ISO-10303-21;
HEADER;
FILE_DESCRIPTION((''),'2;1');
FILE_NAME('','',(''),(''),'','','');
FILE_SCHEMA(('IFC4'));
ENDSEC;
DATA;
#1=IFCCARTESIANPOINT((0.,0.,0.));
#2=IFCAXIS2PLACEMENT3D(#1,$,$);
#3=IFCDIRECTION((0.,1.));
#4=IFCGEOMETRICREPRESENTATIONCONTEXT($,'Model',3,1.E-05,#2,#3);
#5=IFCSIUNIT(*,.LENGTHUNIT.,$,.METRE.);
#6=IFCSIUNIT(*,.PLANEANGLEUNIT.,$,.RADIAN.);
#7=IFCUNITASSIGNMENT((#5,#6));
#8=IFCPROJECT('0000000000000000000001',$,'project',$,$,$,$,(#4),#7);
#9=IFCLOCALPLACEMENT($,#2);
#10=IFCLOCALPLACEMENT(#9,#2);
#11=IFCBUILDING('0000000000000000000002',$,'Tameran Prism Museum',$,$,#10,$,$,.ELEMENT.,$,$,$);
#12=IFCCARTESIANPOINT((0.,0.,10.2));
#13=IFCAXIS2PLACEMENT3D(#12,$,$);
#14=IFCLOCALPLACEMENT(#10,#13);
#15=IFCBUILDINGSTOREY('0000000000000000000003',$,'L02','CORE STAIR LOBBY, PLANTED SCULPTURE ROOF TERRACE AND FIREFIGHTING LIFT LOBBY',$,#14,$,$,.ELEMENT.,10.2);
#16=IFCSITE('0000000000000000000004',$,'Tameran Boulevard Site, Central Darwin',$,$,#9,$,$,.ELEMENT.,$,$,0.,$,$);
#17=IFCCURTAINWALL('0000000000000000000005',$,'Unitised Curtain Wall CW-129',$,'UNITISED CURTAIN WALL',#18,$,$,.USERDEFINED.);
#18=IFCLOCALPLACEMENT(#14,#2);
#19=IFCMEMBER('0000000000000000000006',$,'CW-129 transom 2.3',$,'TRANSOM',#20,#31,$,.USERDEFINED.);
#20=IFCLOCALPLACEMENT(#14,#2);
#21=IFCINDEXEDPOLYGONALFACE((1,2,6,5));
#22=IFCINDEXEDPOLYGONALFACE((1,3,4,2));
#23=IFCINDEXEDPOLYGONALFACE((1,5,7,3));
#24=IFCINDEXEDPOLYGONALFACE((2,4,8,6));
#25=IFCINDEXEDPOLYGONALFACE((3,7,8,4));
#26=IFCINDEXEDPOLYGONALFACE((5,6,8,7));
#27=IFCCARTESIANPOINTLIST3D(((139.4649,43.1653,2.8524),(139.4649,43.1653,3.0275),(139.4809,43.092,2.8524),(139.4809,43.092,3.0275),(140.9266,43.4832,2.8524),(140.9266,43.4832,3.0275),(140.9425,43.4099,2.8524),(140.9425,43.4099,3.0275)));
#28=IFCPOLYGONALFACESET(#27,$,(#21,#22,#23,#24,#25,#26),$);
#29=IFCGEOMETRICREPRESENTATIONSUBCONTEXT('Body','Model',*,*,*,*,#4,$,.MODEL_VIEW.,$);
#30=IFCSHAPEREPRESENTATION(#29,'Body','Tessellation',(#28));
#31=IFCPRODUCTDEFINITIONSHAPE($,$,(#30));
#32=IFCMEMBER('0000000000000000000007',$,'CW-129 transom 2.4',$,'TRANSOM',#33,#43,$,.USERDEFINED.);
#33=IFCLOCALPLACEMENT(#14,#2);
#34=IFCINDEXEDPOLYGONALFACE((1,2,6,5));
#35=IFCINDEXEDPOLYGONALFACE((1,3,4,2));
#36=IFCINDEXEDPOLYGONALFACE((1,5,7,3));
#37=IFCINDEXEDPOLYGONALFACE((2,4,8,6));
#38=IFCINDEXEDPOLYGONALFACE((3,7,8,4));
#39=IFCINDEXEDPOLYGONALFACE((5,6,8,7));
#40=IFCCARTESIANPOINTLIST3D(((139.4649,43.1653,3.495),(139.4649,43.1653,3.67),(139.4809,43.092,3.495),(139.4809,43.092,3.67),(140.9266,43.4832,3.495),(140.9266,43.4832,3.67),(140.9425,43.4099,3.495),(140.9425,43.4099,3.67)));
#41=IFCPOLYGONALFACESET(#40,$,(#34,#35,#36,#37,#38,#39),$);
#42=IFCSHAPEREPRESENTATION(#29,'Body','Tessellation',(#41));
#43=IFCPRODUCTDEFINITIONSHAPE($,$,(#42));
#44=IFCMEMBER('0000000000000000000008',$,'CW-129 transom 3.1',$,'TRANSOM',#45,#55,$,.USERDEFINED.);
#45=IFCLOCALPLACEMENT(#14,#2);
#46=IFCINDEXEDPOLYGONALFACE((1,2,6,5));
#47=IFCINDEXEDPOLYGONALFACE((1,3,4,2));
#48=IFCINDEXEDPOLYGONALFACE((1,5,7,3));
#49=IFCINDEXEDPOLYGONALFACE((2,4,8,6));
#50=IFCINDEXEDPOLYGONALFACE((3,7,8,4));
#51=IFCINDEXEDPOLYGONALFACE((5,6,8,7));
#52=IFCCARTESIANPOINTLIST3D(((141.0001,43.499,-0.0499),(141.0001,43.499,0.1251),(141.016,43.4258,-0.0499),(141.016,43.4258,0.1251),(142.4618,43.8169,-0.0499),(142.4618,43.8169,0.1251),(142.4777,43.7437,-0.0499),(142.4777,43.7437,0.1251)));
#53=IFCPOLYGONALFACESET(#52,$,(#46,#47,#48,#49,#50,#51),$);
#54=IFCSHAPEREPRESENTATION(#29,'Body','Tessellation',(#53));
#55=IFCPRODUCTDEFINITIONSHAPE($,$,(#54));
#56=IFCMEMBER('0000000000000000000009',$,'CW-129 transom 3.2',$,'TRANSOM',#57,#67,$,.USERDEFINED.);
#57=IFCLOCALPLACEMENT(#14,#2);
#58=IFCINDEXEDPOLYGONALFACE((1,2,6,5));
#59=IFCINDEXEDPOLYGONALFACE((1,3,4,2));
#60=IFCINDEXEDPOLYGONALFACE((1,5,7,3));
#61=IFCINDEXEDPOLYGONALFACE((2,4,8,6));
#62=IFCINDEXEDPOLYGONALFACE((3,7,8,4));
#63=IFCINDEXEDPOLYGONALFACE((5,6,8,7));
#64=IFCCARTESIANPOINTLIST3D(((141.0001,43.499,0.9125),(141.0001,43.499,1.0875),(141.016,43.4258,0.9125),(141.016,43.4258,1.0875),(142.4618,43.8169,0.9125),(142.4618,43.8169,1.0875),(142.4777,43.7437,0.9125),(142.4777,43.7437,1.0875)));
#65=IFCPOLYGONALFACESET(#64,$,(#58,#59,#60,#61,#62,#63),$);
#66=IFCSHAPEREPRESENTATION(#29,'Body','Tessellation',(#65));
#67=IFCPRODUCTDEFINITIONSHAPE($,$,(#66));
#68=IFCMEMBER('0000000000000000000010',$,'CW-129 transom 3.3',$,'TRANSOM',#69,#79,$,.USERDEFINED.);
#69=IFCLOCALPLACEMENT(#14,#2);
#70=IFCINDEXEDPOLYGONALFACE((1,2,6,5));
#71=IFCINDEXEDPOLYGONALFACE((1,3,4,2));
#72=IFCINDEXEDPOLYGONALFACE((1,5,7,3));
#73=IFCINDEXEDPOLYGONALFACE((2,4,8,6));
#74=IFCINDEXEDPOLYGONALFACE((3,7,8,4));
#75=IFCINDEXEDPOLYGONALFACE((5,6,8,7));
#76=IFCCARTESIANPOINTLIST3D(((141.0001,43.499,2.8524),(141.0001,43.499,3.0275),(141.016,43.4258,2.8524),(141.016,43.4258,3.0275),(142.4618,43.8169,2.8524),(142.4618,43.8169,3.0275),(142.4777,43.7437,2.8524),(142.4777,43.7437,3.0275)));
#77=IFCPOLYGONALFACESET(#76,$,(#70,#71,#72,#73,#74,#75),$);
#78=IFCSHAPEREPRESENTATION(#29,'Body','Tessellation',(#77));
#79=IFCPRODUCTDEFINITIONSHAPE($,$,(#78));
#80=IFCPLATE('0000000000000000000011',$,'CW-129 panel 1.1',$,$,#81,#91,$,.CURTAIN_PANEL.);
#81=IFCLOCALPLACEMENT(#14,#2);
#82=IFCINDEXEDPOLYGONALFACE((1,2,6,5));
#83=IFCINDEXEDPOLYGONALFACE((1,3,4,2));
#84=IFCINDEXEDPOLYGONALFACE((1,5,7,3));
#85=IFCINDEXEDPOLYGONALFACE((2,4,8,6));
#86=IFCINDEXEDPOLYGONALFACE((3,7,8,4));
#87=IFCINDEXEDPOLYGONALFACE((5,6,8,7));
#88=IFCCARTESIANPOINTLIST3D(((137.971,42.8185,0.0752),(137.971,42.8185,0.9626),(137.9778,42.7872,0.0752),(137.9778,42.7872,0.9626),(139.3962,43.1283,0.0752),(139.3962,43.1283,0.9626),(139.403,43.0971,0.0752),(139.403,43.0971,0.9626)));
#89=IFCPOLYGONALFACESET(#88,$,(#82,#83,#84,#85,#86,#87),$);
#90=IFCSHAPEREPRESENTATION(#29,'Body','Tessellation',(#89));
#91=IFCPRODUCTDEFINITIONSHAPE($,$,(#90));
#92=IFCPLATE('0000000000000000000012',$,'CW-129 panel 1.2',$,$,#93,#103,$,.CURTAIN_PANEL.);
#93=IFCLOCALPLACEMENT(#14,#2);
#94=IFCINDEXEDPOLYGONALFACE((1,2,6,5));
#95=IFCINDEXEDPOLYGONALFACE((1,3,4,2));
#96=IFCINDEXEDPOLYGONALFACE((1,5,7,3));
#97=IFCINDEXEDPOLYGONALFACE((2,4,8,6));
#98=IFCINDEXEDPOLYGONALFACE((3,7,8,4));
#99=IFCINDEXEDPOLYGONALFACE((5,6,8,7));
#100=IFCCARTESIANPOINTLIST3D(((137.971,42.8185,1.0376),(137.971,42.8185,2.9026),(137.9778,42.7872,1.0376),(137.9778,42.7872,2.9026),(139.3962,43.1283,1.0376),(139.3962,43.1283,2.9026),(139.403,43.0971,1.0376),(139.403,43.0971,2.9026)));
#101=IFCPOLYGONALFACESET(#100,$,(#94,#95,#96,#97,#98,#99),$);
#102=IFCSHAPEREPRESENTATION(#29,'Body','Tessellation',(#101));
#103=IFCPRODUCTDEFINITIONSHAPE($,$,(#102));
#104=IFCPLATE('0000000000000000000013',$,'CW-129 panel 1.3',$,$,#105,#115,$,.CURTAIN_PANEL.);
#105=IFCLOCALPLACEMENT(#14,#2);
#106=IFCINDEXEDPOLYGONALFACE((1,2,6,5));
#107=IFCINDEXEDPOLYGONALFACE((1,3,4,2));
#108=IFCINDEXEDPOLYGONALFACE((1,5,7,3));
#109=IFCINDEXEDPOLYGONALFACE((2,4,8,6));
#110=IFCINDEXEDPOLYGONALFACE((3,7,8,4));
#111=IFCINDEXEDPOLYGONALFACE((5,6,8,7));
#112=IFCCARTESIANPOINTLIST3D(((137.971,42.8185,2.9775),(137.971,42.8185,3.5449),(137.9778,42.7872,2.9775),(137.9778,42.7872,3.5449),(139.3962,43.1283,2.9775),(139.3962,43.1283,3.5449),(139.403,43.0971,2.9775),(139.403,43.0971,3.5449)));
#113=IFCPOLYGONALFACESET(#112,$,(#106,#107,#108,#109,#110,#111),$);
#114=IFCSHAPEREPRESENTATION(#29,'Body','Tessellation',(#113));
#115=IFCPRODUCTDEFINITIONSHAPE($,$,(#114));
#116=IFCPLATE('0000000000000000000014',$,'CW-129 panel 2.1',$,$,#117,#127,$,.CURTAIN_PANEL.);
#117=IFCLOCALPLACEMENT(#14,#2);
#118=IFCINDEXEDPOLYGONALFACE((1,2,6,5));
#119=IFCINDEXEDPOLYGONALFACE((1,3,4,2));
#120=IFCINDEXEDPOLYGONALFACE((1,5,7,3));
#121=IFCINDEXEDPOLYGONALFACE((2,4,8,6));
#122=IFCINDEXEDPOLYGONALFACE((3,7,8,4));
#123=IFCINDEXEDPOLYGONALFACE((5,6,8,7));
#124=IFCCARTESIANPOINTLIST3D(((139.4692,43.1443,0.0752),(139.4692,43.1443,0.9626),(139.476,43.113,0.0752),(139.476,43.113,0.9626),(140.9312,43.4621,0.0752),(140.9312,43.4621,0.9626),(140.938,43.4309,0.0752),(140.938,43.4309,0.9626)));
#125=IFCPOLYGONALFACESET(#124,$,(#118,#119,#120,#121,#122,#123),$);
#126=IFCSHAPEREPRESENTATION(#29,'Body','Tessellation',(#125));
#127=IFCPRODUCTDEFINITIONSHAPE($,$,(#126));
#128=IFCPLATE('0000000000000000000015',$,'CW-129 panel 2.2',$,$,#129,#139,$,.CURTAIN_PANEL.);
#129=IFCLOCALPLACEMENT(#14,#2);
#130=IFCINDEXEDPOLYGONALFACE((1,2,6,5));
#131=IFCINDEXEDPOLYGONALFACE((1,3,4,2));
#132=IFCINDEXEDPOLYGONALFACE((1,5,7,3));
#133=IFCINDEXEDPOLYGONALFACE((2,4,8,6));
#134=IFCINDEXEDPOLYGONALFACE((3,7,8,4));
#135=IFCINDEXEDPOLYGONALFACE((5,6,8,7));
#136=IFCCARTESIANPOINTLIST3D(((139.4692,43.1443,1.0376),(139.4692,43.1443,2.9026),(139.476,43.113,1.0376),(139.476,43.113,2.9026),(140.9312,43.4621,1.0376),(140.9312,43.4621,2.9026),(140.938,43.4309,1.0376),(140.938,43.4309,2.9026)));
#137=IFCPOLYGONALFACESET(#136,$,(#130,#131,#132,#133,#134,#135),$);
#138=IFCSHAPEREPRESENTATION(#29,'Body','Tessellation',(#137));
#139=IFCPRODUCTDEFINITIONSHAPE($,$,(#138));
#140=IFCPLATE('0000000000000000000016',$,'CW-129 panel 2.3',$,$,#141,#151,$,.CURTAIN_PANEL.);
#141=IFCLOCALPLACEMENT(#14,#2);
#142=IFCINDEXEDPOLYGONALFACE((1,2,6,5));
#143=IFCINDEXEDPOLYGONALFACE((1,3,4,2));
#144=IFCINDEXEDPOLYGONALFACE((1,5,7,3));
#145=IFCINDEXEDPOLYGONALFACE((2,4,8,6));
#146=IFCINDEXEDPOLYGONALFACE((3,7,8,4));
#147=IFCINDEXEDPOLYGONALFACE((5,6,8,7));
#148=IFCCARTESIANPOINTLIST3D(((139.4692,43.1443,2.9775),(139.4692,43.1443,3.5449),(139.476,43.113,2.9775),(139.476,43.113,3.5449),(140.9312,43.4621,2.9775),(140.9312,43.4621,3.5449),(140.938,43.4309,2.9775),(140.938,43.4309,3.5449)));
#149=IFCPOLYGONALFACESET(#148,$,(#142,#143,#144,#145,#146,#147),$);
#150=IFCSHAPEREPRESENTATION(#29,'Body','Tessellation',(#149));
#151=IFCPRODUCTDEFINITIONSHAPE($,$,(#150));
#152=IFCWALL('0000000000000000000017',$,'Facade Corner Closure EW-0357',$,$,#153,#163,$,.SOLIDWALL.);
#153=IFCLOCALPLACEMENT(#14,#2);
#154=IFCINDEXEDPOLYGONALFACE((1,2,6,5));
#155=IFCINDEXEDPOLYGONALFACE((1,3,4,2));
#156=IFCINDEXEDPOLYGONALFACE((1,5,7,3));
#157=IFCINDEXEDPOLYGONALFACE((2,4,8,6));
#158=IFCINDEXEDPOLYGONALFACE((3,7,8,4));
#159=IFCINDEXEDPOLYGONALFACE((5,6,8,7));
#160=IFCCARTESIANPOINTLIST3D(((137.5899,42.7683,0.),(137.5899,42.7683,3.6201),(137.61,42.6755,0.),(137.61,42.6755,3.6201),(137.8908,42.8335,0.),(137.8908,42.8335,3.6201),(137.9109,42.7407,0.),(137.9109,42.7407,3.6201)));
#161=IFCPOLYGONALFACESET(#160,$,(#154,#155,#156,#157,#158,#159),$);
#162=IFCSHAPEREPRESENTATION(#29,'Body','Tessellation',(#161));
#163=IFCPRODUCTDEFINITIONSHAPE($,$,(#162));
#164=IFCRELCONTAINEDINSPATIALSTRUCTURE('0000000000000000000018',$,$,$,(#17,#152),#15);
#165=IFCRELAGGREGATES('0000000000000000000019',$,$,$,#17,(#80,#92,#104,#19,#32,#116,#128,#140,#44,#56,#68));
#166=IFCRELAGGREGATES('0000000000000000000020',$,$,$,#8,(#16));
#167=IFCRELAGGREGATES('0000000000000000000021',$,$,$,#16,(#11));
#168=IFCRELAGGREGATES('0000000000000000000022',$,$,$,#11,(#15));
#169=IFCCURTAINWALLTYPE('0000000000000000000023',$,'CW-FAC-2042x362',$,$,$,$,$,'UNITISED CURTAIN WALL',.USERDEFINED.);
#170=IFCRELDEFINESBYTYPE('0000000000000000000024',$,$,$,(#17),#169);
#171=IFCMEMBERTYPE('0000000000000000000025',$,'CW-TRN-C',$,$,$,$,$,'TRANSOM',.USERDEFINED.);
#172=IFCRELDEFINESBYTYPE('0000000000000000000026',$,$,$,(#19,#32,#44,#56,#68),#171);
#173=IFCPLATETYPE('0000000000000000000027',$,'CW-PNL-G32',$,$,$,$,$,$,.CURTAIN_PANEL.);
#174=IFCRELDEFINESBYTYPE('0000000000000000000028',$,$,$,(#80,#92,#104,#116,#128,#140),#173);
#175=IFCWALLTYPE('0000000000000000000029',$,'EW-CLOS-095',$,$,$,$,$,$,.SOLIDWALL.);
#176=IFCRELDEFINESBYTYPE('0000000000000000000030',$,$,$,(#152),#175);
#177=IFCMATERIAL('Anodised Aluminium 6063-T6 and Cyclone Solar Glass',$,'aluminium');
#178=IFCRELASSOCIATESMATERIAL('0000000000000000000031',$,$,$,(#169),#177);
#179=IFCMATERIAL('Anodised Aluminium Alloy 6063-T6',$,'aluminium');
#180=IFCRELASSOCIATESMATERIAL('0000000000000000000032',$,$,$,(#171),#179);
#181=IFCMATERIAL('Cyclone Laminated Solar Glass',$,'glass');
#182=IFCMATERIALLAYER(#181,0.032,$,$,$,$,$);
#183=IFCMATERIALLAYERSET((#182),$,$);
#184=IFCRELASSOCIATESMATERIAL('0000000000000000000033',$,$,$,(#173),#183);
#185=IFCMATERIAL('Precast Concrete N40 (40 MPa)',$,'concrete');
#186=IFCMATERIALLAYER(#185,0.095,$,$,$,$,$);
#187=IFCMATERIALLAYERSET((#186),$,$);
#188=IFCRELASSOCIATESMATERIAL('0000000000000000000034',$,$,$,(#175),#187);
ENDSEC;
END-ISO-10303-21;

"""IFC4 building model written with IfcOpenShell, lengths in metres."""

from ifc_helpers import new_model, si_unit, direction, frame, frame_2d, origin, origin_2d, place, context, subcontext, project, spatial, rectangle, extrude, material, layer, layer_set, material_profile, profile_set, type_object, element, aggregate, save


model = new_model("IFC4")

# Units and contexts
model_context = context("Model", 3, precision=1e-05, world=origin(), true_north=direction((0.0, 1.0)))
body_context = subcontext(model_context, "Body", "Model", "MODEL_VIEW")
ifc_project = project(units=[si_unit("LENGTHUNIT", "METRE"), si_unit("PLANEANGLEUNIT", "RADIAN")], contexts=[model_context])

# Site, building, storey
site_placement = place(None, origin())
site = spatial("IfcSite", under=ifc_project, at=site_placement, Name="Tameran Boulevard Site, Central Darwin", CompositionType="ELEMENT", RefElevation=0.0)
building_placement = place(site_placement, origin())
building = spatial("IfcBuilding", under=site, at=building_placement, Name="Tameran Prism Museum", CompositionType="ELEMENT")
storey_placement = place(building_placement, frame((0.0, 0.0, 10.2)))
storey = spatial("IfcBuildingStorey", under=building, at=storey_placement, Name="L02", Description="CORE STAIR LOBBY, PLANTED SCULPTURE ROOF TERRACE AND FIREFIGHTING LIFT LOBBY", CompositionType="ELEMENT", Elevation=10.2)

# Curtain wall, members, plates
ifc_material_1 = material(Name="Anodised Aluminium 6063-T6 and Cyclone Solar Glass", Category="aluminium")
curtain_wall_type = type_object("IfcCurtainWallType", Name="CW-FAC-2042x362", ElementType="UNITISED CURTAIN WALL", PredefinedType="USERDEFINED", material=ifc_material_1)
curtain_wall_placement = place(storey_placement, origin())
curtain_wall = element("IfcCurtainWall", 1, at=curtain_wall_placement, inside=storey, type_object=curtain_wall_type, Name="Unitised Curtain Wall CW-129", ObjectType="UNITISED CURTAIN WALL", PredefinedType="USERDEFINED")
ifc_material_2 = material(Name="Anodised Aluminium Alloy 6063-T6", Category="aluminium")
ifc_material_profile_1 = material_profile(ifc_material_2, rectangle(XDim=0.075, YDim=0.175, at=origin_2d()))
ifc_profile_set_1 = profile_set([ifc_material_profile_1])
member_type_1 = type_object("IfcMemberType", Name="CW-TRN-C", ElementType="TRANSOM", PredefinedType="USERDEFINED", material=ifc_profile_set_1)
member_1_placement = place(storey_placement, frame((139.4729, 43.1287, 2.9399), z_axis=(0.97716, 0.212504, 0.0), x_axis=(-0.212504, 0.97716, 0.0)))
member_1 = element("IfcMember", 2, at=member_1_placement, type_object=member_type_1, Name="CW-129 transom 2.3", ObjectType="TRANSOM", PredefinedType="USERDEFINED", context=body_context, shape_type="SweptSolid", body=[
    extrude(rectangle(XDim=0.075, YDim=0.175, at=origin_2d()), origin(), (0.0, 0.0, 1.0), 1.4958),
])
member_2_placement = place(storey_placement, frame((139.4729, 43.1287, 3.5825), z_axis=(0.97716, 0.212504, 0.0), x_axis=(-0.212504, 0.97716, 0.0)))
member_2 = element("IfcMember", 3, at=member_2_placement, type_object=member_type_1, Name="CW-129 transom 2.4", ObjectType="TRANSOM", PredefinedType="USERDEFINED", context=body_context, shape_type="SweptSolid", body=[
    extrude(rectangle(XDim=0.075, YDim=0.175, at=origin_2d()), origin(), (0.0, 0.0, 1.0), 1.4958),
])
member_3_placement = place(storey_placement, frame((141.0081, 43.4624, 0.0376), z_axis=(0.97716, 0.212504, 0.0), x_axis=(-0.212504, 0.97716, 0.0)))
member_3 = element("IfcMember", 4, at=member_3_placement, type_object=member_type_1, Name="CW-129 transom 3.1", ObjectType="TRANSOM", PredefinedType="USERDEFINED", context=body_context, shape_type="SweptSolid", body=[
    extrude(rectangle(XDim=0.075, YDim=0.175, at=origin_2d()), origin(), (0.0, 0.0, 1.0), 1.4958),
])
member_4_placement = place(storey_placement, frame((141.0081, 43.4624, 1.0), z_axis=(0.97716, 0.212504, 0.0), x_axis=(-0.212504, 0.97716, 0.0)))
member_4 = element("IfcMember", 5, at=member_4_placement, type_object=member_type_1, Name="CW-129 transom 3.2", ObjectType="TRANSOM", PredefinedType="USERDEFINED", context=body_context, shape_type="SweptSolid", body=[
    extrude(rectangle(XDim=0.075, YDim=0.175, at=origin_2d()), origin(), (0.0, 0.0, 1.0), 1.4958),
])
member_5_placement = place(storey_placement, frame((141.0081, 43.4624, 2.9399), z_axis=(0.97716, 0.212504, 0.0), x_axis=(-0.212504, 0.97716, 0.0)))
member_5 = element("IfcMember", 6, at=member_5_placement, type_object=member_type_1, Name="CW-129 transom 3.3", ObjectType="TRANSOM", PredefinedType="USERDEFINED", context=body_context, shape_type="SweptSolid", body=[
    extrude(rectangle(XDim=0.075, YDim=0.175, at=origin_2d()), origin(), (0.0, 0.0, 1.0), 1.4958),
])
ifc_material_3 = material(Name="Cyclone Laminated Solar Glass", Category="glass")
ifc_layer_1 = layer(ifc_material_3, 0.032)
ifc_layer_set_1 = layer_set([ifc_layer_1])
plate_type = type_object("IfcPlateType", Name="CW-PNL-G32", PredefinedType="CURTAIN_PANEL", material=ifc_layer_set_1)
plate_1_placement = place(storey_placement, frame((138.687, 42.9578, 0.0752), z_axis=(0.0, 0.0, 1.0), x_axis=(0.977171, 0.212454, 0.0)))
plate_1 = element("IfcPlate", 7, at=plate_1_placement, type_object=plate_type, Name="CW-129 panel 1.1", PredefinedType="CURTAIN_PANEL", context=body_context, shape_type="SweptSolid", body=[
    extrude(rectangle(XDim=1.4585, YDim=0.032, at=origin_2d()), origin(), (0.0, 0.0, 1.0), 0.8875),
])
plate_2_placement = place(storey_placement, frame((138.687, 42.9578, 1.0376), z_axis=(0.0, 0.0, 1.0), x_axis=(0.977171, 0.212454, 0.0)))
plate_2 = element("IfcPlate", 8, at=plate_2_placement, type_object=plate_type, Name="CW-129 panel 1.2", PredefinedType="CURTAIN_PANEL", context=body_context, shape_type="SweptSolid", body=[
    extrude(rectangle(XDim=1.4585, YDim=0.032, at=origin_2d()), origin(), (0.0, 0.0, 1.0), 1.865),
])
plate_3_placement = place(storey_placement, frame((138.687, 42.9578, 2.9775), z_axis=(0.0, 0.0, 1.0), x_axis=(0.977171, 0.212454, 0.0)))
plate_3 = element("IfcPlate", 9, at=plate_3_placement, type_object=plate_type, Name="CW-129 panel 1.3", PredefinedType="CURTAIN_PANEL", context=body_context, shape_type="SweptSolid", body=[
    extrude(rectangle(XDim=1.4585, YDim=0.032, at=origin_2d()), origin(), (0.0, 0.0, 1.0), 0.5674),
])
plate_4_placement = place(storey_placement, frame((140.2036, 43.2876, 0.0752), z_axis=(0.0, 0.0, 1.0), x_axis=(0.977171, 0.212454, 0.0)))
plate_4 = element("IfcPlate", 10, at=plate_4_placement, type_object=plate_type, Name="CW-129 panel 2.1", PredefinedType="CURTAIN_PANEL", context=body_context, shape_type="SweptSolid", body=[
    extrude(rectangle(XDim=1.4961, YDim=0.032, at=origin_2d()), origin(), (0.0, 0.0, 1.0), 0.8875),
])
plate_5_placement = place(storey_placement, frame((140.2036, 43.2876, 1.0376), z_axis=(0.0, 0.0, 1.0), x_axis=(0.977171, 0.212454, 0.0)))
plate_5 = element("IfcPlate", 11, at=plate_5_placement, type_object=plate_type, Name="CW-129 panel 2.2", PredefinedType="CURTAIN_PANEL", context=body_context, shape_type="SweptSolid", body=[
    extrude(rectangle(XDim=1.4961, YDim=0.032, at=origin_2d()), origin(), (0.0, 0.0, 1.0), 1.865),
])
plate_6_placement = place(storey_placement, frame((140.2036, 43.2876, 2.9775), z_axis=(0.0, 0.0, 1.0), x_axis=(0.977171, 0.212454, 0.0)))
plate_6 = element("IfcPlate", 12, at=plate_6_placement, type_object=plate_type, Name="CW-129 panel 2.3", PredefinedType="CURTAIN_PANEL", context=body_context, shape_type="SweptSolid", body=[
    extrude(rectangle(XDim=1.4961, YDim=0.032, at=origin_2d()), origin(), (0.0, 0.0, 1.0), 0.5674),
])
aggregate(curtain_wall, [plate_1, plate_2, plate_3, member_1, member_2, plate_4, plate_5, plate_6, member_3, member_4, member_5])

# Wall
ifc_material_4 = material(Name="Precast Concrete N40 (40 MPa)", Category="concrete")
ifc_layer_2 = layer(ifc_material_4, 0.095)
ifc_layer_set_2 = layer_set([ifc_layer_2])
wall_type = type_object("IfcWallType", Name="EW-CLOS-095", PredefinedType="SOLIDWALL", material=ifc_layer_set_2)
wall_placement = place(storey_placement, frame((137.6001, 42.7219, 0.0), z_axis=(0.0, 0.0, 1.0), x_axis=(0.977312, 0.211804, 0.0)))
element("IfcWall", 13, at=wall_placement, inside=storey, type_object=wall_type, Name="Facade Corner Closure EW-0357", PredefinedType="SOLIDWALL", context=body_context, shape_type="SweptSolid", body=[
    extrude(rectangle(XDim=0.3079, YDim=0.095, at=frame_2d((0.1538, 0.0))), origin(), (0.0, 0.0, 1.0), 3.6201),
])

save(model, "model.ifc")
